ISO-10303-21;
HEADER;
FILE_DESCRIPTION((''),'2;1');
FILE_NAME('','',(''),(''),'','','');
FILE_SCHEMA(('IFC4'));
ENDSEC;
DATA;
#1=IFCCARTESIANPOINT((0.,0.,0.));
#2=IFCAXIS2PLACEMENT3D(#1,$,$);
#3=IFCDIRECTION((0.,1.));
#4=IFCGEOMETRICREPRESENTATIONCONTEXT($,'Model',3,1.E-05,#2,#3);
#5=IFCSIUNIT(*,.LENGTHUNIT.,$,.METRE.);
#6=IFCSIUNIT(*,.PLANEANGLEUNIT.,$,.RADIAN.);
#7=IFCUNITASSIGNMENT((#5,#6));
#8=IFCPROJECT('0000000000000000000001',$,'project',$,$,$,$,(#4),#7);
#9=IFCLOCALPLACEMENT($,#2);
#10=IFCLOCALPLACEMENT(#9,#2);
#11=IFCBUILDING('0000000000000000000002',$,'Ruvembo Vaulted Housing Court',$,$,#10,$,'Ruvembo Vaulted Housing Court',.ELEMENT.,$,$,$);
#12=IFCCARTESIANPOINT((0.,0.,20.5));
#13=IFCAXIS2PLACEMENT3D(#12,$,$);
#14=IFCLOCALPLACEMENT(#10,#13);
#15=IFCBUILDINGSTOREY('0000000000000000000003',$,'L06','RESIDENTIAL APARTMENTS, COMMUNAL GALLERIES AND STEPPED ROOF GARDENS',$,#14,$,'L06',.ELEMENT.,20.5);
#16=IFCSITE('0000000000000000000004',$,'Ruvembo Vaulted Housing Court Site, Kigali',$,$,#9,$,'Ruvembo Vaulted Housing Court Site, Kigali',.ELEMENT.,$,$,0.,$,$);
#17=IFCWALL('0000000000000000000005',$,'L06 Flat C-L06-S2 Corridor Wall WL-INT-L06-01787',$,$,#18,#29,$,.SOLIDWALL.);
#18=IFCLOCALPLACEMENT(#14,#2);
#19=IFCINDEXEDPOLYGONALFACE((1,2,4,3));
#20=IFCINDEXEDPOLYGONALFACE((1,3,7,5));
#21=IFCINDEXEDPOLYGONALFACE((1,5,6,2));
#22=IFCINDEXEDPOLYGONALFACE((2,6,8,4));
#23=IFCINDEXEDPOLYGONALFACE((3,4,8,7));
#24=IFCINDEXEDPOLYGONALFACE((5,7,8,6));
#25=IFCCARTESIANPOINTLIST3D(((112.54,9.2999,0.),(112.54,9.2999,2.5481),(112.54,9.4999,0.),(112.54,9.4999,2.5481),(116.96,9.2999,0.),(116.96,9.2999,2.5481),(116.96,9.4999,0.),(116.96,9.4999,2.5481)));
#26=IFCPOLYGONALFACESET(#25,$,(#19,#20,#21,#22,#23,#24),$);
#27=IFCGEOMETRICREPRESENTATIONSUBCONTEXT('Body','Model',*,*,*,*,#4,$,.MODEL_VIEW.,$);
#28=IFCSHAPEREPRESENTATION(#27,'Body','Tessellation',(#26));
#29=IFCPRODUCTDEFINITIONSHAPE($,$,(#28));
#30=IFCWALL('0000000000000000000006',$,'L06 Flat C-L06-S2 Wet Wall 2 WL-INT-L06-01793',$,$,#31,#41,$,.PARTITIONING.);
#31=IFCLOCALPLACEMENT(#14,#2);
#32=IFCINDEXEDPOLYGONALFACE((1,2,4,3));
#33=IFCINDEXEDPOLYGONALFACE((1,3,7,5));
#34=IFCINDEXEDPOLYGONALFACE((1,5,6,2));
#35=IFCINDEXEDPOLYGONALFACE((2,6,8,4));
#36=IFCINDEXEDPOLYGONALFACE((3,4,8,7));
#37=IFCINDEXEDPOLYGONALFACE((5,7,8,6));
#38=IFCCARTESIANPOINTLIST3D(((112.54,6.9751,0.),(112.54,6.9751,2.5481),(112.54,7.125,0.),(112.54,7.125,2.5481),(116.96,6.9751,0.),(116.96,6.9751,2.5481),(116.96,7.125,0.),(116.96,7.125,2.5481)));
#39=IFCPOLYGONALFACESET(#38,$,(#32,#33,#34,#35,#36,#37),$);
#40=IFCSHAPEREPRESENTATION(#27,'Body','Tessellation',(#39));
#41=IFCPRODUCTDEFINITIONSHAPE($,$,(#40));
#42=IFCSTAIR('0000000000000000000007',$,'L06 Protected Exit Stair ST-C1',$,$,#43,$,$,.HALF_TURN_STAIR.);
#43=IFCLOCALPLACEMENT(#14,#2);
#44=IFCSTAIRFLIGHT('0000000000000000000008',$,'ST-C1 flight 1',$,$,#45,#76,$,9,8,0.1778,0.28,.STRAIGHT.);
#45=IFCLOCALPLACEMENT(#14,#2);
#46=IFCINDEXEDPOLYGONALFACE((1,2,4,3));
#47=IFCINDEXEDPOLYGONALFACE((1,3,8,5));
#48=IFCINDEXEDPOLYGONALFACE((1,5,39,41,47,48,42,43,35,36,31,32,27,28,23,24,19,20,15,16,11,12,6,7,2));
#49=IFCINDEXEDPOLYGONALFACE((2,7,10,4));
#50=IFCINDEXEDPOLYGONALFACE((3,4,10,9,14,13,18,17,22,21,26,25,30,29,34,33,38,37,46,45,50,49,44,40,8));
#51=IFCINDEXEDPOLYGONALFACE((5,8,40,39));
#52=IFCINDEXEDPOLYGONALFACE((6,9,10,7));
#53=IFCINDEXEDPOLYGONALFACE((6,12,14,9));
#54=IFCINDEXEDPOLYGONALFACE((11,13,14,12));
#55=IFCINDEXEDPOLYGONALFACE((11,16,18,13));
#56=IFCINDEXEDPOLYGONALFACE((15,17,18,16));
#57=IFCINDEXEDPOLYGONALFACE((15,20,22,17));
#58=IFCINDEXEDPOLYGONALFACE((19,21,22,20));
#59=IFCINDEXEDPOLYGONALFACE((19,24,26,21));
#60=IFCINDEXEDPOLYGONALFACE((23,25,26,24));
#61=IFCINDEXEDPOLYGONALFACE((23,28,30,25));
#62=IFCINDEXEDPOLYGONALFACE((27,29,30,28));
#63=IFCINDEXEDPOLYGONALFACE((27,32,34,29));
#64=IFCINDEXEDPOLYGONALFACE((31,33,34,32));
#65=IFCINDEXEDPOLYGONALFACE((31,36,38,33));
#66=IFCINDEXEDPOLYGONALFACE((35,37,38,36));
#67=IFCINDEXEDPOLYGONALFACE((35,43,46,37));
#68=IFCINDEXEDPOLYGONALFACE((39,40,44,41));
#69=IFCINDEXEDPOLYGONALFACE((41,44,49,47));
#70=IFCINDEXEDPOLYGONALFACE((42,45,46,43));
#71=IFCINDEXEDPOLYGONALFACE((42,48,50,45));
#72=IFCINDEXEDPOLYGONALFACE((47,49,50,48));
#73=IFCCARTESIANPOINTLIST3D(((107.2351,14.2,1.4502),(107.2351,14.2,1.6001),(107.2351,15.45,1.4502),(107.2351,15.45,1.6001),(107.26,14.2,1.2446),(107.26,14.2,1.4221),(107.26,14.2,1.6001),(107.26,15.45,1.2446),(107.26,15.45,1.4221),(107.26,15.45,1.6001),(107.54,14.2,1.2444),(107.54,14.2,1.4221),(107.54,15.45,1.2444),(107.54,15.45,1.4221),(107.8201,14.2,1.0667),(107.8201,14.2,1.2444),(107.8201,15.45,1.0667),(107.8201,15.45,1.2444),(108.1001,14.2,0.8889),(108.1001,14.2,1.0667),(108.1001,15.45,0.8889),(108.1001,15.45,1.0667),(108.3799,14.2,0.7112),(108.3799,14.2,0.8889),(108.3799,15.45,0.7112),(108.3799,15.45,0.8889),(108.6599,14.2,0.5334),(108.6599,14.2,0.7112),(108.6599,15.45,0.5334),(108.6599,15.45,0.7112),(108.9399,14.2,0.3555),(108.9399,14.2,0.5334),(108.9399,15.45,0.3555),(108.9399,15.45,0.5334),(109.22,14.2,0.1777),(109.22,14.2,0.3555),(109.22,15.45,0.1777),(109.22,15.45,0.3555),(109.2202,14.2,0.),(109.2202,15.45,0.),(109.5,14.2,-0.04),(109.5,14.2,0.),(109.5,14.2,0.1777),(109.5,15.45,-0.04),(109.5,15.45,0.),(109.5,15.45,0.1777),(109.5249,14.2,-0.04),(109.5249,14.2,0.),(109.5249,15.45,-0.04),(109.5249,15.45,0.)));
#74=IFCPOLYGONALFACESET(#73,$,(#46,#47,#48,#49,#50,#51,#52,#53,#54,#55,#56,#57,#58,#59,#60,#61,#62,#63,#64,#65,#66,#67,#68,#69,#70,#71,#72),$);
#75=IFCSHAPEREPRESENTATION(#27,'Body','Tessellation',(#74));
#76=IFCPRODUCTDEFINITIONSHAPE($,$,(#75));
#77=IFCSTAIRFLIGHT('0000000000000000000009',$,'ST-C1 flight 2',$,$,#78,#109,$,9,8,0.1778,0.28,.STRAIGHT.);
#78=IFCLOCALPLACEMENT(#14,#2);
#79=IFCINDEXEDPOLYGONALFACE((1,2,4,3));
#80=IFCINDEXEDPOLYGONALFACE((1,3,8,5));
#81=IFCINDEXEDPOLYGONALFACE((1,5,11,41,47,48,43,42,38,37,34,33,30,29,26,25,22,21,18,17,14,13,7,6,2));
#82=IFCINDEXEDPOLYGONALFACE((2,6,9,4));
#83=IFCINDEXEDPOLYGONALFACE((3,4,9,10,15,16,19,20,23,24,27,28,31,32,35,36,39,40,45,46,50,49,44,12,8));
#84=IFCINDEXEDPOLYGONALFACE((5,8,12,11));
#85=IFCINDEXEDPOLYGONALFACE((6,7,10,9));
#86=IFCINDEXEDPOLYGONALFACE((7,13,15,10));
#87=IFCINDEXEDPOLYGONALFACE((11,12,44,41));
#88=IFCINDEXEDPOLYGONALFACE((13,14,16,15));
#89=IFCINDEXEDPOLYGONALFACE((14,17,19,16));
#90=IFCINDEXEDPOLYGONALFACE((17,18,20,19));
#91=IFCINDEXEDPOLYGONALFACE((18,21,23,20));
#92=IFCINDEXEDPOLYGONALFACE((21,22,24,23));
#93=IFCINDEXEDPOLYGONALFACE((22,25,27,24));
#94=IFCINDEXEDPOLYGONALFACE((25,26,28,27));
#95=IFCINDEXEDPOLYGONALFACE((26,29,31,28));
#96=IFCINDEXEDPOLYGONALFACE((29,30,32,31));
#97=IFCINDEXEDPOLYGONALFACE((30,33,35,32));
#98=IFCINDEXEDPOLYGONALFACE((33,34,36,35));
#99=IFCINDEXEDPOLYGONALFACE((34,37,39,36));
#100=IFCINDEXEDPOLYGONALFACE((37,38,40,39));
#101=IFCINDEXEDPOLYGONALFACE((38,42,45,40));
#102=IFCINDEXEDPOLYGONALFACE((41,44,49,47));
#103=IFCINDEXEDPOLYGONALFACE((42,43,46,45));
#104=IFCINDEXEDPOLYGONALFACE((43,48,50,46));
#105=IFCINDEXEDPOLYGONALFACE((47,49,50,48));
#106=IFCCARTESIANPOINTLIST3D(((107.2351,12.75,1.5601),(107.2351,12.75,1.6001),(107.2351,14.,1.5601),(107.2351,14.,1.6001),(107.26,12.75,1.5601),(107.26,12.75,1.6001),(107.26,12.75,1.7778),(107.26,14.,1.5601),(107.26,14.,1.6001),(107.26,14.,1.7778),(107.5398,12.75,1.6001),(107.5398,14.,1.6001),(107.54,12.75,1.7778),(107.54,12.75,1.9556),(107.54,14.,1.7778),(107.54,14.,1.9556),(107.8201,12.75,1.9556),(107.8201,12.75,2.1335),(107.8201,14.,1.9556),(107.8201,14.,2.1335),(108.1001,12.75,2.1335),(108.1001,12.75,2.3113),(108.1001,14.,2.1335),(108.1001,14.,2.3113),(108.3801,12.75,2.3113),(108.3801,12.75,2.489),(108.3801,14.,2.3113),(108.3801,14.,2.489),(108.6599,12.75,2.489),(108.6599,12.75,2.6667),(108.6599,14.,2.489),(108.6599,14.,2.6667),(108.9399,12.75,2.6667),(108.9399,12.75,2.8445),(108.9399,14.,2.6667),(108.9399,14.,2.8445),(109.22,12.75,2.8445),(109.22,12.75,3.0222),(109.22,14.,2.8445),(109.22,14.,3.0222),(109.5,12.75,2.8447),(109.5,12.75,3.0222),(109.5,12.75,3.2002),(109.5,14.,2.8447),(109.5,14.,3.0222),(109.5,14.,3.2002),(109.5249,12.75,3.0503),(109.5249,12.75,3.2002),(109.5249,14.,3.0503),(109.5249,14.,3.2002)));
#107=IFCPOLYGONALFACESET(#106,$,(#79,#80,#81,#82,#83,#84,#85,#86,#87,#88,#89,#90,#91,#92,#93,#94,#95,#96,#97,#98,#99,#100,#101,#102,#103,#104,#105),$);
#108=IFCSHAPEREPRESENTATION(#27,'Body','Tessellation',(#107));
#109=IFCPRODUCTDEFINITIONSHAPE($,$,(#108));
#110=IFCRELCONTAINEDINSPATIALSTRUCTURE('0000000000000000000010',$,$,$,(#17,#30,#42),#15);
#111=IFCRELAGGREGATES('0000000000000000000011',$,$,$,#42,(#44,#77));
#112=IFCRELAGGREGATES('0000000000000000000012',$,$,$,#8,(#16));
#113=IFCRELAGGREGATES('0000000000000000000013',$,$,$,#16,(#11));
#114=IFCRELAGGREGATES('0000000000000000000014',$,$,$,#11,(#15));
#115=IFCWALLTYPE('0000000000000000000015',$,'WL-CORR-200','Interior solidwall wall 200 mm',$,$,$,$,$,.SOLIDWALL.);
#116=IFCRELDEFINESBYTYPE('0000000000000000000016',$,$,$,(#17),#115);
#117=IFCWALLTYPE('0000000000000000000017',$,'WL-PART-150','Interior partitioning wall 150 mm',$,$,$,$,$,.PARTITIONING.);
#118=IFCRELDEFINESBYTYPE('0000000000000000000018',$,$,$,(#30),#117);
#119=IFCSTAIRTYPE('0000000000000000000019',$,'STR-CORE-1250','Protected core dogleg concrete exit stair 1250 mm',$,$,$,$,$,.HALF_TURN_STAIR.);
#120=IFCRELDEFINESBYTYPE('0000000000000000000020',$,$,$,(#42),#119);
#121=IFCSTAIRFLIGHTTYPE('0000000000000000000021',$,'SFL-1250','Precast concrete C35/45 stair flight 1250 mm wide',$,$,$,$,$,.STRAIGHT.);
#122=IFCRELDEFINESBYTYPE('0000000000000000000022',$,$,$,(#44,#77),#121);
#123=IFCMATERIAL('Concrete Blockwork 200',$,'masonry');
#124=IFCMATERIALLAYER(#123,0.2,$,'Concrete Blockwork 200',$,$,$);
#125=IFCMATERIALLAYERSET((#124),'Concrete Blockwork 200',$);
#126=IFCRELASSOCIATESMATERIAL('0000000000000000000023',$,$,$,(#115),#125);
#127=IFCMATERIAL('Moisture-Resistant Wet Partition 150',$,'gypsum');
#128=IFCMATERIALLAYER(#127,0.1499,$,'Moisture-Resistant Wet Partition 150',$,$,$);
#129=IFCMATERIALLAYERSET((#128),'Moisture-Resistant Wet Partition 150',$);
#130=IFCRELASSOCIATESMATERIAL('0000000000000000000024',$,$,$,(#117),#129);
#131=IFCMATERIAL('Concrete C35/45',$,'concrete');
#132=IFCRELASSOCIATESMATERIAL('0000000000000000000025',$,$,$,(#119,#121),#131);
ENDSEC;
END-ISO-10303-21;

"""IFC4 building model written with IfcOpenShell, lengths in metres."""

from ifc_helpers import new_model, si_unit, direction, frame, frame_2d, origin, place, context, subcontext, project, spatial, polyline, rectangle, outline, extrude, material, layer, layer_set, type_object, element, aggregate, save


model = new_model("IFC4")

# Units and contexts
model_context = context("Model", 3, precision=1e-05, world=origin(), true_north=direction((0.0, 1.0)))
body_context = subcontext(model_context, "Body", "Model", "MODEL_VIEW")
ifc_project = project(units=[si_unit("LENGTHUNIT", "METRE"), si_unit("PLANEANGLEUNIT", "RADIAN")], contexts=[model_context])

# Site, building, storey
site_placement = place(None, origin())
site = spatial("IfcSite", under=ifc_project, at=site_placement, Name="Ruvembo Vaulted Housing Court Site, Kigali", LongName="Ruvembo Vaulted Housing Court Site, Kigali", CompositionType="ELEMENT", RefElevation=0.0)
building_placement = place(site_placement, origin())
building = spatial("IfcBuilding", under=site, at=building_placement, Name="Ruvembo Vaulted Housing Court", LongName="Ruvembo Vaulted Housing Court", CompositionType="ELEMENT")
storey_placement = place(building_placement, frame((0.0, 0.0, 20.5)))
storey = spatial("IfcBuildingStorey", under=building, at=storey_placement, Name="L06", Description="RESIDENTIAL APARTMENTS, COMMUNAL GALLERIES AND STEPPED ROOF GARDENS", LongName="L06", CompositionType="ELEMENT", Elevation=20.5)

# Shared definitions
ifc_material_1 = material(Name="Concrete C35/45", Category="concrete")

# Walls
ifc_material_2 = material(Name="Concrete Blockwork 200", Category="masonry")
ifc_layer_1 = layer(ifc_material_2, 0.2, Name="Concrete Blockwork 200")
ifc_layer_set_1 = layer_set([ifc_layer_1], Name="Concrete Blockwork 200")
wall_type_1 = type_object("IfcWallType", Name="WL-CORR-200", Description="Interior solidwall wall 200 mm", PredefinedType="SOLIDWALL", material=ifc_layer_set_1)
wall_1_placement = place(storey_placement, frame((112.54, 9.3999, 0.0), z_axis=(0.0, 0.0, 1.0), x_axis=(1.0, 0.0, 0.0)))
element("IfcWall", 1, at=wall_1_placement, inside=storey, type_object=wall_type_1, Name="L06 Flat C-L06-S2 Corridor Wall WL-INT-L06-01787", PredefinedType="SOLIDWALL", context=body_context, shape_type="SweptSolid", body=[
    extrude(rectangle(XDim=4.4199, YDim=0.2, at=frame_2d((2.21, 0.0))), origin(), (0.0, 0.0, 1.0), 2.5481),
])
ifc_material_3 = material(Name="Moisture-Resistant Wet Partition 150", Category="gypsum")
ifc_layer_2 = layer(ifc_material_3, 0.1499, Name="Moisture-Resistant Wet Partition 150")
ifc_layer_set_2 = layer_set([ifc_layer_2], Name="Moisture-Resistant Wet Partition 150")
wall_type_2 = type_object("IfcWallType", Name="WL-PART-150", Description="Interior partitioning wall 150 mm", PredefinedType="PARTITIONING", material=ifc_layer_set_2)
wall_2_placement = place(storey_placement, frame((112.54, 7.05, 0.0), z_axis=(0.0, 0.0, 1.0), x_axis=(1.0, 0.0, 0.0)))
element("IfcWall", 2, at=wall_2_placement, inside=storey, type_object=wall_type_2, Name="L06 Flat C-L06-S2 Wet Wall 2 WL-INT-L06-01793", PredefinedType="PARTITIONING", context=body_context, shape_type="SweptSolid", body=[
    extrude(rectangle(XDim=4.4199, YDim=0.1499, at=frame_2d((2.21, 0.0))), origin(), (0.0, 0.0, 1.0), 2.5481),
])

# Stair, stair flights
stair_type = type_object("IfcStairType", Name="STR-CORE-1250", Description="Protected core dogleg concrete exit stair 1250 mm", PredefinedType="HALF_TURN_STAIR", material=ifc_material_1)
stair_placement = place(storey_placement, origin())
stair = element("IfcStair", 3, at=stair_placement, inside=storey, type_object=stair_type, Name="L06 Protected Exit Stair ST-C1", PredefinedType="HALF_TURN_STAIR")
stair_flight_type = type_object("IfcStairFlightType", Name="SFL-1250", Description="Precast concrete C35/45 stair flight 1250 mm wide", PredefinedType="STRAIGHT", material=ifc_material_1)
stair_flight_1_placement = place(storey_placement, frame((109.5, 14.825, 0.0), z_axis=(0.0, 0.0, 1.0), x_axis=(-1.0, 0.0, 0.0)))
stair_flight_1 = element("IfcStairFlight", 4, at=stair_flight_1_placement, type_object=stair_flight_type, Name="ST-C1 flight 1", NumberOfRisers=9, NumberOfTreads=8, PredefinedType="STRAIGHT", RiserHeight=0.1778, TreadLength=0.28, context=body_context, shape_type="SweptSolid", body=[
    extrude(outline(polyline([(-0.0249, -0.04), (-0.0249, 0.0), (0.0, 0.0), (0.0, 0.1777), (0.28, 0.1777), (0.28, 0.3555), (0.5601, 0.3555), (0.5601, 0.5334), (0.8401, 0.5334), (0.8401, 0.7112), (1.1201, 0.7112), (1.1201, 0.8889), (1.3999, 0.8889), (1.3999, 1.0667), (1.6799, 1.0667), (1.6799, 1.2444), (1.96, 1.2444), (1.96, 1.4221), (2.24, 1.4221), (2.24, 1.6001), (2.2649, 1.6001), (2.2649, 1.4502), (2.24, 1.2446), (0.2798, 0.0), (0.0, -0.04), (-0.0249, -0.04)])), frame((0.0, 0.625, 0.0), z_axis=(0.0, -1.0, 0.0), x_axis=(1.0, 0.0, 0.0)), (0.0, 0.0, 1.0), 1.25),
])
stair_flight_2_placement = place(storey_placement, frame((107.26, 13.375, 1.6001), z_axis=(0.0, 0.0, 1.0), x_axis=(1.0, 0.0, 0.0)))
stair_flight_2 = element("IfcStairFlight", 5, at=stair_flight_2_placement, type_object=stair_flight_type, Name="ST-C1 flight 2", NumberOfRisers=9, NumberOfTreads=8, PredefinedType="STRAIGHT", RiserHeight=0.1778, TreadLength=0.28, context=body_context, shape_type="SweptSolid", body=[
    extrude(outline(polyline([(-0.0249, -0.04), (-0.0249, 0.0), (0.0, 0.0), (0.0, 0.1777), (0.28, 0.1777), (0.28, 0.3555), (0.5601, 0.3555), (0.5601, 0.5334), (0.8401, 0.5334), (0.8401, 0.7112), (1.1201, 0.7112), (1.1201, 0.8889), (1.3999, 0.8889), (1.3999, 1.0667), (1.6799, 1.0667), (1.6799, 1.2444), (1.96, 1.2444), (1.96, 1.4221), (2.24, 1.4221), (2.24, 1.6001), (2.2649, 1.6001), (2.2649, 1.4502), (2.24, 1.2446), (0.2798, 0.0), (0.0, -0.04), (-0.0249, -0.04)])), frame((0.0, 0.625, 0.0), z_axis=(0.0, -1.0, 0.0), x_axis=(1.0, 0.0, 0.0)), (0.0, 0.0, 1.0), 1.25),
])
aggregate(stair, [stair_flight_1, stair_flight_2])

save(model, "model.ifc")
